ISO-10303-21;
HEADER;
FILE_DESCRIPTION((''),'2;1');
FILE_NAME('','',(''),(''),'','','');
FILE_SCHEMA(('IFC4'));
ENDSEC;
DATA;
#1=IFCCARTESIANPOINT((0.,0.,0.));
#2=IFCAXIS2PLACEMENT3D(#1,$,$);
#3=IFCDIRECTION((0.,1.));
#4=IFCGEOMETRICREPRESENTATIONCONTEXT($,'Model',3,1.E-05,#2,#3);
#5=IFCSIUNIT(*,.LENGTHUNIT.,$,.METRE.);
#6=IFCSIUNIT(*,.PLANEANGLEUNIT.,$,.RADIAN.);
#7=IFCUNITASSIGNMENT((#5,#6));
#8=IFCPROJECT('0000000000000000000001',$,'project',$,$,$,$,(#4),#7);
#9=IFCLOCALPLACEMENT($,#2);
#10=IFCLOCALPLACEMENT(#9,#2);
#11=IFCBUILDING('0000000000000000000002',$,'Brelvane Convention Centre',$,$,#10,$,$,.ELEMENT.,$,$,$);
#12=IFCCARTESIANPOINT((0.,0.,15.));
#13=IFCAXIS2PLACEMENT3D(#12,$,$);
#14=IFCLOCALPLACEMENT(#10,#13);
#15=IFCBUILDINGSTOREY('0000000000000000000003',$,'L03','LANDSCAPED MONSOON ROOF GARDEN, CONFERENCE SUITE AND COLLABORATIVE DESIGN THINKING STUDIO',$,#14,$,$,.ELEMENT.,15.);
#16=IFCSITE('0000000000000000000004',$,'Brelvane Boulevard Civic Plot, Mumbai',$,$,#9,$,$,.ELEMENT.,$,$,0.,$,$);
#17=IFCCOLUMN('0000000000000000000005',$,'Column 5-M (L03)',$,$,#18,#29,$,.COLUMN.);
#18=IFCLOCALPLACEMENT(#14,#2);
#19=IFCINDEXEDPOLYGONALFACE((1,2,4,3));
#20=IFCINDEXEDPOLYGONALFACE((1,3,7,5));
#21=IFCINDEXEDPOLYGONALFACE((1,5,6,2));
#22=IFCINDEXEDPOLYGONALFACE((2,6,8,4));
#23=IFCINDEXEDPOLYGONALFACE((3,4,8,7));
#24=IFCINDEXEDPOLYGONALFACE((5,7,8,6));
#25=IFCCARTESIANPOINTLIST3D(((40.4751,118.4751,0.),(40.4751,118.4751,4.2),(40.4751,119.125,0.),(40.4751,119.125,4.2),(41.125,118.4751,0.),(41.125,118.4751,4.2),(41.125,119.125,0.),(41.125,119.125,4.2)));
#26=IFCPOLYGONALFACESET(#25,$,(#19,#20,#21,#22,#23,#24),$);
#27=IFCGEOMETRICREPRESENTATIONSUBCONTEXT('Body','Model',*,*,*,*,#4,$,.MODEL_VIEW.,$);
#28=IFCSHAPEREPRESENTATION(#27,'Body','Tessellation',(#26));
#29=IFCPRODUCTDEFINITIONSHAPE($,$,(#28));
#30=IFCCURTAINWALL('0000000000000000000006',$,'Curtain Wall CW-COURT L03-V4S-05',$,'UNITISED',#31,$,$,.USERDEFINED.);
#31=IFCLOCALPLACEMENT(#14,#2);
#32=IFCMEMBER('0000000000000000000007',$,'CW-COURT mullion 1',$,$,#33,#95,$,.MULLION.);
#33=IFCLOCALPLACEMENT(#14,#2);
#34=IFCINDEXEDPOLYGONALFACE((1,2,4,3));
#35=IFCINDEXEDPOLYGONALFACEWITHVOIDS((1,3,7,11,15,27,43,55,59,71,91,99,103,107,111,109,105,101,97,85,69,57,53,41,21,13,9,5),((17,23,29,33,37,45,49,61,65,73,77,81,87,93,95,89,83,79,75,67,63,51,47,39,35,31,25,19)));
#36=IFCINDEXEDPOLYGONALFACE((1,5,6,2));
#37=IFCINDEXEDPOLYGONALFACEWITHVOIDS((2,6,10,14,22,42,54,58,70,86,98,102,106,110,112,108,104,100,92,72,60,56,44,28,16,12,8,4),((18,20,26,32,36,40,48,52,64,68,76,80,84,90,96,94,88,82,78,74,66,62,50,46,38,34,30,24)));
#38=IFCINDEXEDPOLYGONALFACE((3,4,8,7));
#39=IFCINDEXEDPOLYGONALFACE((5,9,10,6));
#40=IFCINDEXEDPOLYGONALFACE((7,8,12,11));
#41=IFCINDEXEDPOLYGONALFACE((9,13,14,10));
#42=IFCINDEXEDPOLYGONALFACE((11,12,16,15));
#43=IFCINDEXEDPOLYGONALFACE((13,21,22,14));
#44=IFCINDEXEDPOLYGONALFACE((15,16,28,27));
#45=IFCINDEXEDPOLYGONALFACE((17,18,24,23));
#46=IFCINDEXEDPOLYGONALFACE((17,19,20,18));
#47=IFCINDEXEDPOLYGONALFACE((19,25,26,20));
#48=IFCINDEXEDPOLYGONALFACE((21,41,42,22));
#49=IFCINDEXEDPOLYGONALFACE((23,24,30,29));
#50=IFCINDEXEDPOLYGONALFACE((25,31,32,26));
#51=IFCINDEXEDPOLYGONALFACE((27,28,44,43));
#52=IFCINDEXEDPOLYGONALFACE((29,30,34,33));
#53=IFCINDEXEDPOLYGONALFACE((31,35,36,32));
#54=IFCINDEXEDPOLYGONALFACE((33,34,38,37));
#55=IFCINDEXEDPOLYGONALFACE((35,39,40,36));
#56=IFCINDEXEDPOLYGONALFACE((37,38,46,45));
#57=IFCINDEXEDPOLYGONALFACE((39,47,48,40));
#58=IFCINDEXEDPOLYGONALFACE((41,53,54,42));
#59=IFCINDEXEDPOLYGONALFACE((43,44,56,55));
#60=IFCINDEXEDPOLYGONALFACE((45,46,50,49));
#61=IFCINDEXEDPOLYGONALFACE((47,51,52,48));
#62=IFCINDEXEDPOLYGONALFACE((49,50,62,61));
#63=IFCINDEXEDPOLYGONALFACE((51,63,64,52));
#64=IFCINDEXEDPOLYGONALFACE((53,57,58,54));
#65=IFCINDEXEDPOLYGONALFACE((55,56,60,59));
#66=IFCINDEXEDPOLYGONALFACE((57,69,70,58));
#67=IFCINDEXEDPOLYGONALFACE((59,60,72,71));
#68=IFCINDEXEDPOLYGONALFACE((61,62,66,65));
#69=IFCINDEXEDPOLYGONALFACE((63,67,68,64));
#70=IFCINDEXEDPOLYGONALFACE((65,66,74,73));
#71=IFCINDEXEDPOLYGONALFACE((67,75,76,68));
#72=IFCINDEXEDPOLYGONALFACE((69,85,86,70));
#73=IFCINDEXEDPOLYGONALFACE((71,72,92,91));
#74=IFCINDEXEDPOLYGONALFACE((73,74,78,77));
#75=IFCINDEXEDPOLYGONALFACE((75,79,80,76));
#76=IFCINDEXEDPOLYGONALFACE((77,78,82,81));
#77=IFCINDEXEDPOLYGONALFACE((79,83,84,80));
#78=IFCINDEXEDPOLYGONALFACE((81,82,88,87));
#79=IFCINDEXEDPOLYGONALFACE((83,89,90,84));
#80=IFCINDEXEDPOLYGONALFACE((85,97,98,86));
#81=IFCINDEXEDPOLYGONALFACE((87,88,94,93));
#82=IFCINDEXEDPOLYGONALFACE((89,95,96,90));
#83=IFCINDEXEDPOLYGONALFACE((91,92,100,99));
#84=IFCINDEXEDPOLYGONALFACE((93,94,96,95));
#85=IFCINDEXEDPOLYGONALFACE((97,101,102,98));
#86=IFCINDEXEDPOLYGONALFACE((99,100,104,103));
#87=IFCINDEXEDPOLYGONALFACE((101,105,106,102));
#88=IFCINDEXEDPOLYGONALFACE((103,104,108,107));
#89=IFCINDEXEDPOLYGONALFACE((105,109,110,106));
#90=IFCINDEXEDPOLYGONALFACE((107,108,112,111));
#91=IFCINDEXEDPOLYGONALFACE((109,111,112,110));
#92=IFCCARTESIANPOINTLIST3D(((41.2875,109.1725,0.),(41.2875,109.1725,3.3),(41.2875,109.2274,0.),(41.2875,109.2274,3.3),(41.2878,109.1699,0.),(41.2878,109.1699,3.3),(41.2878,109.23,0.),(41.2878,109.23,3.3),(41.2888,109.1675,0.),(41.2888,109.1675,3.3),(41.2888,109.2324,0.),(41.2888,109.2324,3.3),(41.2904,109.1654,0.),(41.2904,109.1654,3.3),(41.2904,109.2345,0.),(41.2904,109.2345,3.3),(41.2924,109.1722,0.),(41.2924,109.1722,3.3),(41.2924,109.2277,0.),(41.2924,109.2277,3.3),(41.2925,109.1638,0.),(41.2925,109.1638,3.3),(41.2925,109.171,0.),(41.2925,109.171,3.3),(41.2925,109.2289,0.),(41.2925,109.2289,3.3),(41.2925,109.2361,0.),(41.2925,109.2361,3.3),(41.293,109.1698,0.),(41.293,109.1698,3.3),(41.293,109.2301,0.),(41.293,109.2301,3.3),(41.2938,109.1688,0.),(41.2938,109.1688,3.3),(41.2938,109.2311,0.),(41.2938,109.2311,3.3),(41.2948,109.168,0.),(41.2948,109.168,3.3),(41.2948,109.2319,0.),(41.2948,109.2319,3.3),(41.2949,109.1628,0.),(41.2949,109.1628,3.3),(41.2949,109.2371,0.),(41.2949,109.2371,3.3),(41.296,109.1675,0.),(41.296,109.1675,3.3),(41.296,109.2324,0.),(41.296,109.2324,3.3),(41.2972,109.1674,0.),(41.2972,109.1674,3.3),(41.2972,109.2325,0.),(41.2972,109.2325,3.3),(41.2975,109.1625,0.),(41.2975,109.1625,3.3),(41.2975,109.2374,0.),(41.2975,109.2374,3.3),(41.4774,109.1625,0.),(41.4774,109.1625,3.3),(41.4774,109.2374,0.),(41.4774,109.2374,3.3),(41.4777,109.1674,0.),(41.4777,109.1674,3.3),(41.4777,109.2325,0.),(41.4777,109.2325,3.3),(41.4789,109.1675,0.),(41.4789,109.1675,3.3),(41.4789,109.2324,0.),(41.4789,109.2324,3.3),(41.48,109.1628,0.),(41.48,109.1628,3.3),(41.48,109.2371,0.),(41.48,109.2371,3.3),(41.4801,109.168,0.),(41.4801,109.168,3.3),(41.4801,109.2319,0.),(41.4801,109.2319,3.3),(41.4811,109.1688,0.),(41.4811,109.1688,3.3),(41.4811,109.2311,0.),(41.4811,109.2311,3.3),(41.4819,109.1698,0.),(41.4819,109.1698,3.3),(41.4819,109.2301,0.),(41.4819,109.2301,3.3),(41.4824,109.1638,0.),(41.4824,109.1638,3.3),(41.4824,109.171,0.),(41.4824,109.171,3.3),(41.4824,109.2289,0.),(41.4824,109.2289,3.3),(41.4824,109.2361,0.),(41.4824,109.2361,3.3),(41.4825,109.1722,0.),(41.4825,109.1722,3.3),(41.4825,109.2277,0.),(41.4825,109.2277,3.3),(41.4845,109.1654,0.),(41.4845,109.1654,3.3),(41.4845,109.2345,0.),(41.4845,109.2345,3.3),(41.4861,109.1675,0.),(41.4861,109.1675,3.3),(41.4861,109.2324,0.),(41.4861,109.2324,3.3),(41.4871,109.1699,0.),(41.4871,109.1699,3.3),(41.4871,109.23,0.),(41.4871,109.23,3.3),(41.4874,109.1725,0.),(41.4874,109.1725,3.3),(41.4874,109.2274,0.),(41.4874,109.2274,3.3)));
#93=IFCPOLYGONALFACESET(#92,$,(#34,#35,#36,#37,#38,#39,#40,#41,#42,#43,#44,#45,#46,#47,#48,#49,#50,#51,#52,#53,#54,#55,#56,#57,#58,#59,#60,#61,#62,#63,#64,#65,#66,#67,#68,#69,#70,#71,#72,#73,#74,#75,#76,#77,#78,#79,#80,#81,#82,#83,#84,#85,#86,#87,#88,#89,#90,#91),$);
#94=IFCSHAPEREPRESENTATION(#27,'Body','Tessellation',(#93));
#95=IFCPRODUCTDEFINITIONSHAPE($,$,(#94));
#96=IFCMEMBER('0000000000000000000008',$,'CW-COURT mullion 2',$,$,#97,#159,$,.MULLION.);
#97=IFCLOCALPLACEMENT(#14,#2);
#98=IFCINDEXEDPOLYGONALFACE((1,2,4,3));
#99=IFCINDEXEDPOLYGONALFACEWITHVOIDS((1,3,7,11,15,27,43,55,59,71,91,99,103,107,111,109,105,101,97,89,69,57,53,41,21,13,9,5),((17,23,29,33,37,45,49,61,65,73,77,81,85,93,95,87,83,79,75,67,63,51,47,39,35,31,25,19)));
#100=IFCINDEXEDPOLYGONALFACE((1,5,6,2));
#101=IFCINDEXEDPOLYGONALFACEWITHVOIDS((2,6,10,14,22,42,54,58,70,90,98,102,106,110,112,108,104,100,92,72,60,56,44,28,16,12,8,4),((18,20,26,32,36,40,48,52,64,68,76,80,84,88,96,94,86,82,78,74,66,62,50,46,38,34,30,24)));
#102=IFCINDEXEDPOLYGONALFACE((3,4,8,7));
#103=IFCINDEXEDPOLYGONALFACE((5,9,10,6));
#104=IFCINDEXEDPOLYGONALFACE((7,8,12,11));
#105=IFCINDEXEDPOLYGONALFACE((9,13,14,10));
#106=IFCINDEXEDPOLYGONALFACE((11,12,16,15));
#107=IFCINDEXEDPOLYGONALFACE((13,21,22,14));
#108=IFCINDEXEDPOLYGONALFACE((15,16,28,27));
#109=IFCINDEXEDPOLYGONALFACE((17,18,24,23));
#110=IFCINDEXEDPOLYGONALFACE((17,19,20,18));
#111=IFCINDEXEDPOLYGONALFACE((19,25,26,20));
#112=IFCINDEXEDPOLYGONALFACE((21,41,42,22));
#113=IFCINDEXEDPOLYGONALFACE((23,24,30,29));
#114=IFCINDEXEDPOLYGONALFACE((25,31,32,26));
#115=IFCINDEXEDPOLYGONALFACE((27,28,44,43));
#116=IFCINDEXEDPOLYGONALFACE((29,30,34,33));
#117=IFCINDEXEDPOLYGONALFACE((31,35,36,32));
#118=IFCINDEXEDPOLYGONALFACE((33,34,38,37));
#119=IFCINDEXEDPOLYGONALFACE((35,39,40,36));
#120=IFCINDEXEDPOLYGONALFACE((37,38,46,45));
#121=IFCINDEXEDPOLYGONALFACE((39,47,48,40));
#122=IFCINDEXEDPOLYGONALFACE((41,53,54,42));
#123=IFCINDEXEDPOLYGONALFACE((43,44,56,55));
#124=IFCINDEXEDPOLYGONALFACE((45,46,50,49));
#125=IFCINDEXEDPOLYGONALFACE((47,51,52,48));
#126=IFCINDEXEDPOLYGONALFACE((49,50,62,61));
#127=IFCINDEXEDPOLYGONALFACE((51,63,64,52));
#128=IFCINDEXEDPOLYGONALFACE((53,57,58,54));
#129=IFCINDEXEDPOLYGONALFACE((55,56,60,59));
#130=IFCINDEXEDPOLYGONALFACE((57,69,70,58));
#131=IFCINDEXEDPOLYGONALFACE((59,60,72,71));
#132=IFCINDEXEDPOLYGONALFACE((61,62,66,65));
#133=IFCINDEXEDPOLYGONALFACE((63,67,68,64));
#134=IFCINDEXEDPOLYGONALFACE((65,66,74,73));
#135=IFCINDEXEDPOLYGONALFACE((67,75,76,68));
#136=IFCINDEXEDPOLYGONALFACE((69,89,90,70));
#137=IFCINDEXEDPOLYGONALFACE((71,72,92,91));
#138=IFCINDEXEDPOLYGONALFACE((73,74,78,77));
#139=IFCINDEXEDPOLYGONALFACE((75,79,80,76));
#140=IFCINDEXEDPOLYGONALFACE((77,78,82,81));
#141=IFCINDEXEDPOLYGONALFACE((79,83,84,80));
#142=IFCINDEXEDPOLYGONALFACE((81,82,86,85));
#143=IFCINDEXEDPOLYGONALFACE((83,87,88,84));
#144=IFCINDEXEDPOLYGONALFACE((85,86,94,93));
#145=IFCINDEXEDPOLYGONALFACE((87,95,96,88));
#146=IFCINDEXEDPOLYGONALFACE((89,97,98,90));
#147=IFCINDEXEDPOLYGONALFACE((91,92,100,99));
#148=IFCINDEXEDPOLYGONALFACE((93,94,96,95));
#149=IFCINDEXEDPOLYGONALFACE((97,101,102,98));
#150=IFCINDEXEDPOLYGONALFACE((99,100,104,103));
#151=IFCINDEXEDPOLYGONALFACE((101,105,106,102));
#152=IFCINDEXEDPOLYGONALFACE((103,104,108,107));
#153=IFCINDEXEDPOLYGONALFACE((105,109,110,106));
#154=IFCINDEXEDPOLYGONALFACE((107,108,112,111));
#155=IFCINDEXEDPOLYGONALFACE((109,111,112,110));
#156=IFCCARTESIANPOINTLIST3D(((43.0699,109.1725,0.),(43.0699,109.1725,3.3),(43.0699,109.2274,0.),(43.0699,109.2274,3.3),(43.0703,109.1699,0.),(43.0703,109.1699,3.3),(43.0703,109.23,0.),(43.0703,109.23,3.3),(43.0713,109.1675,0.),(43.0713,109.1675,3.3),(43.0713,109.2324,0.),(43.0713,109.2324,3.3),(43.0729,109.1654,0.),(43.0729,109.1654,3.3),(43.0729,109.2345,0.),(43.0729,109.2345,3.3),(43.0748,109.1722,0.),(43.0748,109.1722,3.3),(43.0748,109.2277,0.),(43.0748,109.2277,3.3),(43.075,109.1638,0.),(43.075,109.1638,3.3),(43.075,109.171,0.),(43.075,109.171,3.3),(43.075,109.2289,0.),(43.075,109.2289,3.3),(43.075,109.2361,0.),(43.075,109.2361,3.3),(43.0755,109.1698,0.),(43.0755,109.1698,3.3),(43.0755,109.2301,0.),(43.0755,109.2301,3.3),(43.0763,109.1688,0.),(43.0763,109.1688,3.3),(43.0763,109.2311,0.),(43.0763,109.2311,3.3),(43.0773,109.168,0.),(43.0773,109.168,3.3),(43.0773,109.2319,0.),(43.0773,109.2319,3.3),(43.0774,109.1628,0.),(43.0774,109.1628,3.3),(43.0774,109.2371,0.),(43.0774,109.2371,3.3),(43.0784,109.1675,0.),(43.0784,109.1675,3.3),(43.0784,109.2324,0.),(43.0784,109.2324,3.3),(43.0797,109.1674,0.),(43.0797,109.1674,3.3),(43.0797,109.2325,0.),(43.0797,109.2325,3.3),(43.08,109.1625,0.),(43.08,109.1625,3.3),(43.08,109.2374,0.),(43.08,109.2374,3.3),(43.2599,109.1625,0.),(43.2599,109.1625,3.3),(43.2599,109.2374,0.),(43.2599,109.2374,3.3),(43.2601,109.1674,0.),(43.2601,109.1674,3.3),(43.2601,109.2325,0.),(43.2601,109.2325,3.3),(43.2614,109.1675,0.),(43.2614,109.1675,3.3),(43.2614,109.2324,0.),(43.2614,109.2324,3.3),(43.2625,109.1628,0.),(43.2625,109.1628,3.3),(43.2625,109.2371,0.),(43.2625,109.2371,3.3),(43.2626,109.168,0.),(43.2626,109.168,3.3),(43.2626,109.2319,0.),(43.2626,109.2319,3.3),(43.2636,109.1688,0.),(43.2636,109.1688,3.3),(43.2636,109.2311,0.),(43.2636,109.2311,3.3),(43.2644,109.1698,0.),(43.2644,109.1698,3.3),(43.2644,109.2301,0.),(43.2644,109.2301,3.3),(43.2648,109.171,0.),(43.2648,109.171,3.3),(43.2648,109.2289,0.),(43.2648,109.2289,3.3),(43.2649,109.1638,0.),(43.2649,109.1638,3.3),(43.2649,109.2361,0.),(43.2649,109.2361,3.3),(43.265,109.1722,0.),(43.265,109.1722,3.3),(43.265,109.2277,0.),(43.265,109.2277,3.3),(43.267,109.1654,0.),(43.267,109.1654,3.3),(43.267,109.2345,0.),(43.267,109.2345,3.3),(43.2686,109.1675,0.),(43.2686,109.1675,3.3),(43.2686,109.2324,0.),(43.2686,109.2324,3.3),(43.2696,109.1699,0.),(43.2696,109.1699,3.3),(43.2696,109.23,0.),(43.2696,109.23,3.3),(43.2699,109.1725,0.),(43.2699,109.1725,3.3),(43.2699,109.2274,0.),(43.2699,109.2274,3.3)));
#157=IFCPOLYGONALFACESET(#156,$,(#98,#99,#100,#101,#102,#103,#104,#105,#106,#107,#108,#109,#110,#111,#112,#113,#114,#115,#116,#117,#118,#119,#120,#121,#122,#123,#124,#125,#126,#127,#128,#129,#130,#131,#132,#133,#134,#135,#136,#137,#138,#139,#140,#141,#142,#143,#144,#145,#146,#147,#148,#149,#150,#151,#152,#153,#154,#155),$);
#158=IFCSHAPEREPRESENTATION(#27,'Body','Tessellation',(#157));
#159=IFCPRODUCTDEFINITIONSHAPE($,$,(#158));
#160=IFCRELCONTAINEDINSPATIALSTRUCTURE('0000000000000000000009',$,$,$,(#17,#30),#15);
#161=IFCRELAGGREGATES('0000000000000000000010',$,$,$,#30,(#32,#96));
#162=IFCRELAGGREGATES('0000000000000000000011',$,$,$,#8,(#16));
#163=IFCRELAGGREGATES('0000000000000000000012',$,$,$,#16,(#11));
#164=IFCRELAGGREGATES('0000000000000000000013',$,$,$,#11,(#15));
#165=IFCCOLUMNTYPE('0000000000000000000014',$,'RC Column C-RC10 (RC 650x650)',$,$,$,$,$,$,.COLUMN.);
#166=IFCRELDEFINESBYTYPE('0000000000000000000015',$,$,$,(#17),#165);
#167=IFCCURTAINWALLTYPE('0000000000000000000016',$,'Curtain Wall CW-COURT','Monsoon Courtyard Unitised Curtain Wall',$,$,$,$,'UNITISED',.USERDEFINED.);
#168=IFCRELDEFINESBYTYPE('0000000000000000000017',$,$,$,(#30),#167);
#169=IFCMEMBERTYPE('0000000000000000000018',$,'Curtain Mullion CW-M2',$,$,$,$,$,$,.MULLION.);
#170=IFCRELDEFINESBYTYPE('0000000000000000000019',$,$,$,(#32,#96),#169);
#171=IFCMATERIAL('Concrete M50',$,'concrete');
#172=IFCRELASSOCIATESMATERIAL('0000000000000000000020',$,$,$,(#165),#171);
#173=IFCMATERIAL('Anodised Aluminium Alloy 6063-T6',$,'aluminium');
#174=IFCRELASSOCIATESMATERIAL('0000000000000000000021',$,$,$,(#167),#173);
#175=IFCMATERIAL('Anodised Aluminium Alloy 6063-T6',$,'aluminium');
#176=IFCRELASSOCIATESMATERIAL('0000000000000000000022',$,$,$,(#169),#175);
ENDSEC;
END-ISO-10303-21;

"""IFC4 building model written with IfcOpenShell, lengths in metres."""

from ifc_helpers import new_model, si_unit, direction, frame, origin, origin_2d, place, context, subcontext, project, spatial, rectangle, hollow_rectangle, extrude, material, material_profile, profile_set, type_object, element, aggregate, save


model = new_model("IFC4")

# Units and contexts
model_context = context("Model", 3, precision=1e-05, world=origin(), true_north=direction((0.0, 1.0)))
body_context = subcontext(model_context, "Body", "Model", "MODEL_VIEW")
ifc_project = project(units=[si_unit("LENGTHUNIT", "METRE"), si_unit("PLANEANGLEUNIT", "RADIAN")], contexts=[model_context])

# Site, building, storey
site_placement = place(None, origin())
site = spatial("IfcSite", under=ifc_project, at=site_placement, Name="Brelvane Boulevard Civic Plot, Mumbai", CompositionType="ELEMENT", RefElevation=0.0)
building_placement = place(site_placement, origin())
building = spatial("IfcBuilding", under=site, at=building_placement, Name="Brelvane Convention Centre", CompositionType="ELEMENT")
storey_placement = place(building_placement, frame((0.0, 0.0, 15.0)))
storey = spatial("IfcBuildingStorey", under=building, at=storey_placement, Name="L03", Description="LANDSCAPED MONSOON ROOF GARDEN, CONFERENCE SUITE AND COLLABORATIVE DESIGN THINKING STUDIO", CompositionType="ELEMENT", Elevation=15.0)

# Column
ifc_material_1 = material(Name="Concrete M50", Category="concrete")
ifc_material_profile_1 = material_profile(ifc_material_1, rectangle(XDim=0.6499, YDim=0.6499, at=origin_2d()), Name="RC 650x650")
ifc_profile_set_1 = profile_set([ifc_material_profile_1], Name="Concrete M50")
column_type = type_object("IfcColumnType", Name="RC Column C-RC10 (RC 650x650)", PredefinedType="COLUMN", material=ifc_profile_set_1)
column_placement = place(storey_placement, frame((40.8, 118.8, 0.0), z_axis=(0.0, 0.0, 1.0), x_axis=(1.0, 0.0, 0.0)))
element("IfcColumn", 1, at=column_placement, inside=storey, type_object=column_type, Name="Column 5-M (L03)", PredefinedType="COLUMN", context=body_context, shape_type="SweptSolid", body=[
    extrude(rectangle(XDim=0.6499, YDim=0.6499, at=origin_2d()), origin(), (0.0, 0.0, 1.0), 4.2),
])

# Curtain wall, members
ifc_material_2 = material(Name="Anodised Aluminium Alloy 6063-T6", Category="aluminium")
curtain_wall_type = type_object("IfcCurtainWallType", Name="Curtain Wall CW-COURT", Description="Monsoon Courtyard Unitised Curtain Wall", ElementType="UNITISED", PredefinedType="USERDEFINED", material=ifc_material_2)
curtain_wall_placement = place(storey_placement, origin())
curtain_wall = element("IfcCurtainWall", 2, at=curtain_wall_placement, inside=storey, type_object=curtain_wall_type, Name="Curtain Wall CW-COURT L03-V4S-05", ObjectType="UNITISED", PredefinedType="USERDEFINED")
ifc_material_3 = material(Name="Anodised Aluminium Alloy 6063-T6", Category="aluminium")
ifc_material_profile_2 = material_profile(ifc_material_3, hollow_rectangle(XDim=0.075, YDim=0.2, WallThickness=0.0049, InnerFilletRadius=0.0049, OuterFilletRadius=0.01, at=origin_2d()), Name="ALU-M 200x75x5.0")
ifc_profile_set_2 = profile_set([ifc_material_profile_2], Name="Anodised Aluminium Alloy 6063-T6")
member_type_1 = type_object("IfcMemberType", Name="Curtain Mullion CW-M2", PredefinedType="MULLION", material=ifc_profile_set_2)
member_1_placement = place(storey_placement, frame((41.3875, 109.2, 0.0), z_axis=(0.0, 0.0, 1.0), x_axis=(0.0, 1.0, 0.0)))
member_1 = element("IfcMember", 3, at=member_1_placement, type_object=member_type_1, Name="CW-COURT mullion 1", PredefinedType="MULLION", context=body_context, shape_type="SweptSolid", body=[
    extrude(hollow_rectangle(XDim=0.075, YDim=0.2, WallThickness=0.0049, InnerFilletRadius=0.0049, OuterFilletRadius=0.01, at=origin_2d()), origin(), (0.0, 0.0, 1.0), 3.3),
])
member_2_placement = place(storey_placement, frame((43.1699, 109.2, 0.0), z_axis=(0.0, 0.0, 1.0), x_axis=(0.0, 1.0, 0.0)))
member_2 = element("IfcMember", 4, at=member_2_placement, type_object=member_type_1, Name="CW-COURT mullion 2", PredefinedType="MULLION", context=body_context, shape_type="SweptSolid", body=[
    extrude(hollow_rectangle(XDim=0.075, YDim=0.2, WallThickness=0.0049, InnerFilletRadius=0.0049, OuterFilletRadius=0.01, at=origin_2d()), origin(), (0.0, 0.0, 1.0), 3.3),
])

aggregate(curtain_wall, [member_1, member_2])

save(model, "model.ifc")
